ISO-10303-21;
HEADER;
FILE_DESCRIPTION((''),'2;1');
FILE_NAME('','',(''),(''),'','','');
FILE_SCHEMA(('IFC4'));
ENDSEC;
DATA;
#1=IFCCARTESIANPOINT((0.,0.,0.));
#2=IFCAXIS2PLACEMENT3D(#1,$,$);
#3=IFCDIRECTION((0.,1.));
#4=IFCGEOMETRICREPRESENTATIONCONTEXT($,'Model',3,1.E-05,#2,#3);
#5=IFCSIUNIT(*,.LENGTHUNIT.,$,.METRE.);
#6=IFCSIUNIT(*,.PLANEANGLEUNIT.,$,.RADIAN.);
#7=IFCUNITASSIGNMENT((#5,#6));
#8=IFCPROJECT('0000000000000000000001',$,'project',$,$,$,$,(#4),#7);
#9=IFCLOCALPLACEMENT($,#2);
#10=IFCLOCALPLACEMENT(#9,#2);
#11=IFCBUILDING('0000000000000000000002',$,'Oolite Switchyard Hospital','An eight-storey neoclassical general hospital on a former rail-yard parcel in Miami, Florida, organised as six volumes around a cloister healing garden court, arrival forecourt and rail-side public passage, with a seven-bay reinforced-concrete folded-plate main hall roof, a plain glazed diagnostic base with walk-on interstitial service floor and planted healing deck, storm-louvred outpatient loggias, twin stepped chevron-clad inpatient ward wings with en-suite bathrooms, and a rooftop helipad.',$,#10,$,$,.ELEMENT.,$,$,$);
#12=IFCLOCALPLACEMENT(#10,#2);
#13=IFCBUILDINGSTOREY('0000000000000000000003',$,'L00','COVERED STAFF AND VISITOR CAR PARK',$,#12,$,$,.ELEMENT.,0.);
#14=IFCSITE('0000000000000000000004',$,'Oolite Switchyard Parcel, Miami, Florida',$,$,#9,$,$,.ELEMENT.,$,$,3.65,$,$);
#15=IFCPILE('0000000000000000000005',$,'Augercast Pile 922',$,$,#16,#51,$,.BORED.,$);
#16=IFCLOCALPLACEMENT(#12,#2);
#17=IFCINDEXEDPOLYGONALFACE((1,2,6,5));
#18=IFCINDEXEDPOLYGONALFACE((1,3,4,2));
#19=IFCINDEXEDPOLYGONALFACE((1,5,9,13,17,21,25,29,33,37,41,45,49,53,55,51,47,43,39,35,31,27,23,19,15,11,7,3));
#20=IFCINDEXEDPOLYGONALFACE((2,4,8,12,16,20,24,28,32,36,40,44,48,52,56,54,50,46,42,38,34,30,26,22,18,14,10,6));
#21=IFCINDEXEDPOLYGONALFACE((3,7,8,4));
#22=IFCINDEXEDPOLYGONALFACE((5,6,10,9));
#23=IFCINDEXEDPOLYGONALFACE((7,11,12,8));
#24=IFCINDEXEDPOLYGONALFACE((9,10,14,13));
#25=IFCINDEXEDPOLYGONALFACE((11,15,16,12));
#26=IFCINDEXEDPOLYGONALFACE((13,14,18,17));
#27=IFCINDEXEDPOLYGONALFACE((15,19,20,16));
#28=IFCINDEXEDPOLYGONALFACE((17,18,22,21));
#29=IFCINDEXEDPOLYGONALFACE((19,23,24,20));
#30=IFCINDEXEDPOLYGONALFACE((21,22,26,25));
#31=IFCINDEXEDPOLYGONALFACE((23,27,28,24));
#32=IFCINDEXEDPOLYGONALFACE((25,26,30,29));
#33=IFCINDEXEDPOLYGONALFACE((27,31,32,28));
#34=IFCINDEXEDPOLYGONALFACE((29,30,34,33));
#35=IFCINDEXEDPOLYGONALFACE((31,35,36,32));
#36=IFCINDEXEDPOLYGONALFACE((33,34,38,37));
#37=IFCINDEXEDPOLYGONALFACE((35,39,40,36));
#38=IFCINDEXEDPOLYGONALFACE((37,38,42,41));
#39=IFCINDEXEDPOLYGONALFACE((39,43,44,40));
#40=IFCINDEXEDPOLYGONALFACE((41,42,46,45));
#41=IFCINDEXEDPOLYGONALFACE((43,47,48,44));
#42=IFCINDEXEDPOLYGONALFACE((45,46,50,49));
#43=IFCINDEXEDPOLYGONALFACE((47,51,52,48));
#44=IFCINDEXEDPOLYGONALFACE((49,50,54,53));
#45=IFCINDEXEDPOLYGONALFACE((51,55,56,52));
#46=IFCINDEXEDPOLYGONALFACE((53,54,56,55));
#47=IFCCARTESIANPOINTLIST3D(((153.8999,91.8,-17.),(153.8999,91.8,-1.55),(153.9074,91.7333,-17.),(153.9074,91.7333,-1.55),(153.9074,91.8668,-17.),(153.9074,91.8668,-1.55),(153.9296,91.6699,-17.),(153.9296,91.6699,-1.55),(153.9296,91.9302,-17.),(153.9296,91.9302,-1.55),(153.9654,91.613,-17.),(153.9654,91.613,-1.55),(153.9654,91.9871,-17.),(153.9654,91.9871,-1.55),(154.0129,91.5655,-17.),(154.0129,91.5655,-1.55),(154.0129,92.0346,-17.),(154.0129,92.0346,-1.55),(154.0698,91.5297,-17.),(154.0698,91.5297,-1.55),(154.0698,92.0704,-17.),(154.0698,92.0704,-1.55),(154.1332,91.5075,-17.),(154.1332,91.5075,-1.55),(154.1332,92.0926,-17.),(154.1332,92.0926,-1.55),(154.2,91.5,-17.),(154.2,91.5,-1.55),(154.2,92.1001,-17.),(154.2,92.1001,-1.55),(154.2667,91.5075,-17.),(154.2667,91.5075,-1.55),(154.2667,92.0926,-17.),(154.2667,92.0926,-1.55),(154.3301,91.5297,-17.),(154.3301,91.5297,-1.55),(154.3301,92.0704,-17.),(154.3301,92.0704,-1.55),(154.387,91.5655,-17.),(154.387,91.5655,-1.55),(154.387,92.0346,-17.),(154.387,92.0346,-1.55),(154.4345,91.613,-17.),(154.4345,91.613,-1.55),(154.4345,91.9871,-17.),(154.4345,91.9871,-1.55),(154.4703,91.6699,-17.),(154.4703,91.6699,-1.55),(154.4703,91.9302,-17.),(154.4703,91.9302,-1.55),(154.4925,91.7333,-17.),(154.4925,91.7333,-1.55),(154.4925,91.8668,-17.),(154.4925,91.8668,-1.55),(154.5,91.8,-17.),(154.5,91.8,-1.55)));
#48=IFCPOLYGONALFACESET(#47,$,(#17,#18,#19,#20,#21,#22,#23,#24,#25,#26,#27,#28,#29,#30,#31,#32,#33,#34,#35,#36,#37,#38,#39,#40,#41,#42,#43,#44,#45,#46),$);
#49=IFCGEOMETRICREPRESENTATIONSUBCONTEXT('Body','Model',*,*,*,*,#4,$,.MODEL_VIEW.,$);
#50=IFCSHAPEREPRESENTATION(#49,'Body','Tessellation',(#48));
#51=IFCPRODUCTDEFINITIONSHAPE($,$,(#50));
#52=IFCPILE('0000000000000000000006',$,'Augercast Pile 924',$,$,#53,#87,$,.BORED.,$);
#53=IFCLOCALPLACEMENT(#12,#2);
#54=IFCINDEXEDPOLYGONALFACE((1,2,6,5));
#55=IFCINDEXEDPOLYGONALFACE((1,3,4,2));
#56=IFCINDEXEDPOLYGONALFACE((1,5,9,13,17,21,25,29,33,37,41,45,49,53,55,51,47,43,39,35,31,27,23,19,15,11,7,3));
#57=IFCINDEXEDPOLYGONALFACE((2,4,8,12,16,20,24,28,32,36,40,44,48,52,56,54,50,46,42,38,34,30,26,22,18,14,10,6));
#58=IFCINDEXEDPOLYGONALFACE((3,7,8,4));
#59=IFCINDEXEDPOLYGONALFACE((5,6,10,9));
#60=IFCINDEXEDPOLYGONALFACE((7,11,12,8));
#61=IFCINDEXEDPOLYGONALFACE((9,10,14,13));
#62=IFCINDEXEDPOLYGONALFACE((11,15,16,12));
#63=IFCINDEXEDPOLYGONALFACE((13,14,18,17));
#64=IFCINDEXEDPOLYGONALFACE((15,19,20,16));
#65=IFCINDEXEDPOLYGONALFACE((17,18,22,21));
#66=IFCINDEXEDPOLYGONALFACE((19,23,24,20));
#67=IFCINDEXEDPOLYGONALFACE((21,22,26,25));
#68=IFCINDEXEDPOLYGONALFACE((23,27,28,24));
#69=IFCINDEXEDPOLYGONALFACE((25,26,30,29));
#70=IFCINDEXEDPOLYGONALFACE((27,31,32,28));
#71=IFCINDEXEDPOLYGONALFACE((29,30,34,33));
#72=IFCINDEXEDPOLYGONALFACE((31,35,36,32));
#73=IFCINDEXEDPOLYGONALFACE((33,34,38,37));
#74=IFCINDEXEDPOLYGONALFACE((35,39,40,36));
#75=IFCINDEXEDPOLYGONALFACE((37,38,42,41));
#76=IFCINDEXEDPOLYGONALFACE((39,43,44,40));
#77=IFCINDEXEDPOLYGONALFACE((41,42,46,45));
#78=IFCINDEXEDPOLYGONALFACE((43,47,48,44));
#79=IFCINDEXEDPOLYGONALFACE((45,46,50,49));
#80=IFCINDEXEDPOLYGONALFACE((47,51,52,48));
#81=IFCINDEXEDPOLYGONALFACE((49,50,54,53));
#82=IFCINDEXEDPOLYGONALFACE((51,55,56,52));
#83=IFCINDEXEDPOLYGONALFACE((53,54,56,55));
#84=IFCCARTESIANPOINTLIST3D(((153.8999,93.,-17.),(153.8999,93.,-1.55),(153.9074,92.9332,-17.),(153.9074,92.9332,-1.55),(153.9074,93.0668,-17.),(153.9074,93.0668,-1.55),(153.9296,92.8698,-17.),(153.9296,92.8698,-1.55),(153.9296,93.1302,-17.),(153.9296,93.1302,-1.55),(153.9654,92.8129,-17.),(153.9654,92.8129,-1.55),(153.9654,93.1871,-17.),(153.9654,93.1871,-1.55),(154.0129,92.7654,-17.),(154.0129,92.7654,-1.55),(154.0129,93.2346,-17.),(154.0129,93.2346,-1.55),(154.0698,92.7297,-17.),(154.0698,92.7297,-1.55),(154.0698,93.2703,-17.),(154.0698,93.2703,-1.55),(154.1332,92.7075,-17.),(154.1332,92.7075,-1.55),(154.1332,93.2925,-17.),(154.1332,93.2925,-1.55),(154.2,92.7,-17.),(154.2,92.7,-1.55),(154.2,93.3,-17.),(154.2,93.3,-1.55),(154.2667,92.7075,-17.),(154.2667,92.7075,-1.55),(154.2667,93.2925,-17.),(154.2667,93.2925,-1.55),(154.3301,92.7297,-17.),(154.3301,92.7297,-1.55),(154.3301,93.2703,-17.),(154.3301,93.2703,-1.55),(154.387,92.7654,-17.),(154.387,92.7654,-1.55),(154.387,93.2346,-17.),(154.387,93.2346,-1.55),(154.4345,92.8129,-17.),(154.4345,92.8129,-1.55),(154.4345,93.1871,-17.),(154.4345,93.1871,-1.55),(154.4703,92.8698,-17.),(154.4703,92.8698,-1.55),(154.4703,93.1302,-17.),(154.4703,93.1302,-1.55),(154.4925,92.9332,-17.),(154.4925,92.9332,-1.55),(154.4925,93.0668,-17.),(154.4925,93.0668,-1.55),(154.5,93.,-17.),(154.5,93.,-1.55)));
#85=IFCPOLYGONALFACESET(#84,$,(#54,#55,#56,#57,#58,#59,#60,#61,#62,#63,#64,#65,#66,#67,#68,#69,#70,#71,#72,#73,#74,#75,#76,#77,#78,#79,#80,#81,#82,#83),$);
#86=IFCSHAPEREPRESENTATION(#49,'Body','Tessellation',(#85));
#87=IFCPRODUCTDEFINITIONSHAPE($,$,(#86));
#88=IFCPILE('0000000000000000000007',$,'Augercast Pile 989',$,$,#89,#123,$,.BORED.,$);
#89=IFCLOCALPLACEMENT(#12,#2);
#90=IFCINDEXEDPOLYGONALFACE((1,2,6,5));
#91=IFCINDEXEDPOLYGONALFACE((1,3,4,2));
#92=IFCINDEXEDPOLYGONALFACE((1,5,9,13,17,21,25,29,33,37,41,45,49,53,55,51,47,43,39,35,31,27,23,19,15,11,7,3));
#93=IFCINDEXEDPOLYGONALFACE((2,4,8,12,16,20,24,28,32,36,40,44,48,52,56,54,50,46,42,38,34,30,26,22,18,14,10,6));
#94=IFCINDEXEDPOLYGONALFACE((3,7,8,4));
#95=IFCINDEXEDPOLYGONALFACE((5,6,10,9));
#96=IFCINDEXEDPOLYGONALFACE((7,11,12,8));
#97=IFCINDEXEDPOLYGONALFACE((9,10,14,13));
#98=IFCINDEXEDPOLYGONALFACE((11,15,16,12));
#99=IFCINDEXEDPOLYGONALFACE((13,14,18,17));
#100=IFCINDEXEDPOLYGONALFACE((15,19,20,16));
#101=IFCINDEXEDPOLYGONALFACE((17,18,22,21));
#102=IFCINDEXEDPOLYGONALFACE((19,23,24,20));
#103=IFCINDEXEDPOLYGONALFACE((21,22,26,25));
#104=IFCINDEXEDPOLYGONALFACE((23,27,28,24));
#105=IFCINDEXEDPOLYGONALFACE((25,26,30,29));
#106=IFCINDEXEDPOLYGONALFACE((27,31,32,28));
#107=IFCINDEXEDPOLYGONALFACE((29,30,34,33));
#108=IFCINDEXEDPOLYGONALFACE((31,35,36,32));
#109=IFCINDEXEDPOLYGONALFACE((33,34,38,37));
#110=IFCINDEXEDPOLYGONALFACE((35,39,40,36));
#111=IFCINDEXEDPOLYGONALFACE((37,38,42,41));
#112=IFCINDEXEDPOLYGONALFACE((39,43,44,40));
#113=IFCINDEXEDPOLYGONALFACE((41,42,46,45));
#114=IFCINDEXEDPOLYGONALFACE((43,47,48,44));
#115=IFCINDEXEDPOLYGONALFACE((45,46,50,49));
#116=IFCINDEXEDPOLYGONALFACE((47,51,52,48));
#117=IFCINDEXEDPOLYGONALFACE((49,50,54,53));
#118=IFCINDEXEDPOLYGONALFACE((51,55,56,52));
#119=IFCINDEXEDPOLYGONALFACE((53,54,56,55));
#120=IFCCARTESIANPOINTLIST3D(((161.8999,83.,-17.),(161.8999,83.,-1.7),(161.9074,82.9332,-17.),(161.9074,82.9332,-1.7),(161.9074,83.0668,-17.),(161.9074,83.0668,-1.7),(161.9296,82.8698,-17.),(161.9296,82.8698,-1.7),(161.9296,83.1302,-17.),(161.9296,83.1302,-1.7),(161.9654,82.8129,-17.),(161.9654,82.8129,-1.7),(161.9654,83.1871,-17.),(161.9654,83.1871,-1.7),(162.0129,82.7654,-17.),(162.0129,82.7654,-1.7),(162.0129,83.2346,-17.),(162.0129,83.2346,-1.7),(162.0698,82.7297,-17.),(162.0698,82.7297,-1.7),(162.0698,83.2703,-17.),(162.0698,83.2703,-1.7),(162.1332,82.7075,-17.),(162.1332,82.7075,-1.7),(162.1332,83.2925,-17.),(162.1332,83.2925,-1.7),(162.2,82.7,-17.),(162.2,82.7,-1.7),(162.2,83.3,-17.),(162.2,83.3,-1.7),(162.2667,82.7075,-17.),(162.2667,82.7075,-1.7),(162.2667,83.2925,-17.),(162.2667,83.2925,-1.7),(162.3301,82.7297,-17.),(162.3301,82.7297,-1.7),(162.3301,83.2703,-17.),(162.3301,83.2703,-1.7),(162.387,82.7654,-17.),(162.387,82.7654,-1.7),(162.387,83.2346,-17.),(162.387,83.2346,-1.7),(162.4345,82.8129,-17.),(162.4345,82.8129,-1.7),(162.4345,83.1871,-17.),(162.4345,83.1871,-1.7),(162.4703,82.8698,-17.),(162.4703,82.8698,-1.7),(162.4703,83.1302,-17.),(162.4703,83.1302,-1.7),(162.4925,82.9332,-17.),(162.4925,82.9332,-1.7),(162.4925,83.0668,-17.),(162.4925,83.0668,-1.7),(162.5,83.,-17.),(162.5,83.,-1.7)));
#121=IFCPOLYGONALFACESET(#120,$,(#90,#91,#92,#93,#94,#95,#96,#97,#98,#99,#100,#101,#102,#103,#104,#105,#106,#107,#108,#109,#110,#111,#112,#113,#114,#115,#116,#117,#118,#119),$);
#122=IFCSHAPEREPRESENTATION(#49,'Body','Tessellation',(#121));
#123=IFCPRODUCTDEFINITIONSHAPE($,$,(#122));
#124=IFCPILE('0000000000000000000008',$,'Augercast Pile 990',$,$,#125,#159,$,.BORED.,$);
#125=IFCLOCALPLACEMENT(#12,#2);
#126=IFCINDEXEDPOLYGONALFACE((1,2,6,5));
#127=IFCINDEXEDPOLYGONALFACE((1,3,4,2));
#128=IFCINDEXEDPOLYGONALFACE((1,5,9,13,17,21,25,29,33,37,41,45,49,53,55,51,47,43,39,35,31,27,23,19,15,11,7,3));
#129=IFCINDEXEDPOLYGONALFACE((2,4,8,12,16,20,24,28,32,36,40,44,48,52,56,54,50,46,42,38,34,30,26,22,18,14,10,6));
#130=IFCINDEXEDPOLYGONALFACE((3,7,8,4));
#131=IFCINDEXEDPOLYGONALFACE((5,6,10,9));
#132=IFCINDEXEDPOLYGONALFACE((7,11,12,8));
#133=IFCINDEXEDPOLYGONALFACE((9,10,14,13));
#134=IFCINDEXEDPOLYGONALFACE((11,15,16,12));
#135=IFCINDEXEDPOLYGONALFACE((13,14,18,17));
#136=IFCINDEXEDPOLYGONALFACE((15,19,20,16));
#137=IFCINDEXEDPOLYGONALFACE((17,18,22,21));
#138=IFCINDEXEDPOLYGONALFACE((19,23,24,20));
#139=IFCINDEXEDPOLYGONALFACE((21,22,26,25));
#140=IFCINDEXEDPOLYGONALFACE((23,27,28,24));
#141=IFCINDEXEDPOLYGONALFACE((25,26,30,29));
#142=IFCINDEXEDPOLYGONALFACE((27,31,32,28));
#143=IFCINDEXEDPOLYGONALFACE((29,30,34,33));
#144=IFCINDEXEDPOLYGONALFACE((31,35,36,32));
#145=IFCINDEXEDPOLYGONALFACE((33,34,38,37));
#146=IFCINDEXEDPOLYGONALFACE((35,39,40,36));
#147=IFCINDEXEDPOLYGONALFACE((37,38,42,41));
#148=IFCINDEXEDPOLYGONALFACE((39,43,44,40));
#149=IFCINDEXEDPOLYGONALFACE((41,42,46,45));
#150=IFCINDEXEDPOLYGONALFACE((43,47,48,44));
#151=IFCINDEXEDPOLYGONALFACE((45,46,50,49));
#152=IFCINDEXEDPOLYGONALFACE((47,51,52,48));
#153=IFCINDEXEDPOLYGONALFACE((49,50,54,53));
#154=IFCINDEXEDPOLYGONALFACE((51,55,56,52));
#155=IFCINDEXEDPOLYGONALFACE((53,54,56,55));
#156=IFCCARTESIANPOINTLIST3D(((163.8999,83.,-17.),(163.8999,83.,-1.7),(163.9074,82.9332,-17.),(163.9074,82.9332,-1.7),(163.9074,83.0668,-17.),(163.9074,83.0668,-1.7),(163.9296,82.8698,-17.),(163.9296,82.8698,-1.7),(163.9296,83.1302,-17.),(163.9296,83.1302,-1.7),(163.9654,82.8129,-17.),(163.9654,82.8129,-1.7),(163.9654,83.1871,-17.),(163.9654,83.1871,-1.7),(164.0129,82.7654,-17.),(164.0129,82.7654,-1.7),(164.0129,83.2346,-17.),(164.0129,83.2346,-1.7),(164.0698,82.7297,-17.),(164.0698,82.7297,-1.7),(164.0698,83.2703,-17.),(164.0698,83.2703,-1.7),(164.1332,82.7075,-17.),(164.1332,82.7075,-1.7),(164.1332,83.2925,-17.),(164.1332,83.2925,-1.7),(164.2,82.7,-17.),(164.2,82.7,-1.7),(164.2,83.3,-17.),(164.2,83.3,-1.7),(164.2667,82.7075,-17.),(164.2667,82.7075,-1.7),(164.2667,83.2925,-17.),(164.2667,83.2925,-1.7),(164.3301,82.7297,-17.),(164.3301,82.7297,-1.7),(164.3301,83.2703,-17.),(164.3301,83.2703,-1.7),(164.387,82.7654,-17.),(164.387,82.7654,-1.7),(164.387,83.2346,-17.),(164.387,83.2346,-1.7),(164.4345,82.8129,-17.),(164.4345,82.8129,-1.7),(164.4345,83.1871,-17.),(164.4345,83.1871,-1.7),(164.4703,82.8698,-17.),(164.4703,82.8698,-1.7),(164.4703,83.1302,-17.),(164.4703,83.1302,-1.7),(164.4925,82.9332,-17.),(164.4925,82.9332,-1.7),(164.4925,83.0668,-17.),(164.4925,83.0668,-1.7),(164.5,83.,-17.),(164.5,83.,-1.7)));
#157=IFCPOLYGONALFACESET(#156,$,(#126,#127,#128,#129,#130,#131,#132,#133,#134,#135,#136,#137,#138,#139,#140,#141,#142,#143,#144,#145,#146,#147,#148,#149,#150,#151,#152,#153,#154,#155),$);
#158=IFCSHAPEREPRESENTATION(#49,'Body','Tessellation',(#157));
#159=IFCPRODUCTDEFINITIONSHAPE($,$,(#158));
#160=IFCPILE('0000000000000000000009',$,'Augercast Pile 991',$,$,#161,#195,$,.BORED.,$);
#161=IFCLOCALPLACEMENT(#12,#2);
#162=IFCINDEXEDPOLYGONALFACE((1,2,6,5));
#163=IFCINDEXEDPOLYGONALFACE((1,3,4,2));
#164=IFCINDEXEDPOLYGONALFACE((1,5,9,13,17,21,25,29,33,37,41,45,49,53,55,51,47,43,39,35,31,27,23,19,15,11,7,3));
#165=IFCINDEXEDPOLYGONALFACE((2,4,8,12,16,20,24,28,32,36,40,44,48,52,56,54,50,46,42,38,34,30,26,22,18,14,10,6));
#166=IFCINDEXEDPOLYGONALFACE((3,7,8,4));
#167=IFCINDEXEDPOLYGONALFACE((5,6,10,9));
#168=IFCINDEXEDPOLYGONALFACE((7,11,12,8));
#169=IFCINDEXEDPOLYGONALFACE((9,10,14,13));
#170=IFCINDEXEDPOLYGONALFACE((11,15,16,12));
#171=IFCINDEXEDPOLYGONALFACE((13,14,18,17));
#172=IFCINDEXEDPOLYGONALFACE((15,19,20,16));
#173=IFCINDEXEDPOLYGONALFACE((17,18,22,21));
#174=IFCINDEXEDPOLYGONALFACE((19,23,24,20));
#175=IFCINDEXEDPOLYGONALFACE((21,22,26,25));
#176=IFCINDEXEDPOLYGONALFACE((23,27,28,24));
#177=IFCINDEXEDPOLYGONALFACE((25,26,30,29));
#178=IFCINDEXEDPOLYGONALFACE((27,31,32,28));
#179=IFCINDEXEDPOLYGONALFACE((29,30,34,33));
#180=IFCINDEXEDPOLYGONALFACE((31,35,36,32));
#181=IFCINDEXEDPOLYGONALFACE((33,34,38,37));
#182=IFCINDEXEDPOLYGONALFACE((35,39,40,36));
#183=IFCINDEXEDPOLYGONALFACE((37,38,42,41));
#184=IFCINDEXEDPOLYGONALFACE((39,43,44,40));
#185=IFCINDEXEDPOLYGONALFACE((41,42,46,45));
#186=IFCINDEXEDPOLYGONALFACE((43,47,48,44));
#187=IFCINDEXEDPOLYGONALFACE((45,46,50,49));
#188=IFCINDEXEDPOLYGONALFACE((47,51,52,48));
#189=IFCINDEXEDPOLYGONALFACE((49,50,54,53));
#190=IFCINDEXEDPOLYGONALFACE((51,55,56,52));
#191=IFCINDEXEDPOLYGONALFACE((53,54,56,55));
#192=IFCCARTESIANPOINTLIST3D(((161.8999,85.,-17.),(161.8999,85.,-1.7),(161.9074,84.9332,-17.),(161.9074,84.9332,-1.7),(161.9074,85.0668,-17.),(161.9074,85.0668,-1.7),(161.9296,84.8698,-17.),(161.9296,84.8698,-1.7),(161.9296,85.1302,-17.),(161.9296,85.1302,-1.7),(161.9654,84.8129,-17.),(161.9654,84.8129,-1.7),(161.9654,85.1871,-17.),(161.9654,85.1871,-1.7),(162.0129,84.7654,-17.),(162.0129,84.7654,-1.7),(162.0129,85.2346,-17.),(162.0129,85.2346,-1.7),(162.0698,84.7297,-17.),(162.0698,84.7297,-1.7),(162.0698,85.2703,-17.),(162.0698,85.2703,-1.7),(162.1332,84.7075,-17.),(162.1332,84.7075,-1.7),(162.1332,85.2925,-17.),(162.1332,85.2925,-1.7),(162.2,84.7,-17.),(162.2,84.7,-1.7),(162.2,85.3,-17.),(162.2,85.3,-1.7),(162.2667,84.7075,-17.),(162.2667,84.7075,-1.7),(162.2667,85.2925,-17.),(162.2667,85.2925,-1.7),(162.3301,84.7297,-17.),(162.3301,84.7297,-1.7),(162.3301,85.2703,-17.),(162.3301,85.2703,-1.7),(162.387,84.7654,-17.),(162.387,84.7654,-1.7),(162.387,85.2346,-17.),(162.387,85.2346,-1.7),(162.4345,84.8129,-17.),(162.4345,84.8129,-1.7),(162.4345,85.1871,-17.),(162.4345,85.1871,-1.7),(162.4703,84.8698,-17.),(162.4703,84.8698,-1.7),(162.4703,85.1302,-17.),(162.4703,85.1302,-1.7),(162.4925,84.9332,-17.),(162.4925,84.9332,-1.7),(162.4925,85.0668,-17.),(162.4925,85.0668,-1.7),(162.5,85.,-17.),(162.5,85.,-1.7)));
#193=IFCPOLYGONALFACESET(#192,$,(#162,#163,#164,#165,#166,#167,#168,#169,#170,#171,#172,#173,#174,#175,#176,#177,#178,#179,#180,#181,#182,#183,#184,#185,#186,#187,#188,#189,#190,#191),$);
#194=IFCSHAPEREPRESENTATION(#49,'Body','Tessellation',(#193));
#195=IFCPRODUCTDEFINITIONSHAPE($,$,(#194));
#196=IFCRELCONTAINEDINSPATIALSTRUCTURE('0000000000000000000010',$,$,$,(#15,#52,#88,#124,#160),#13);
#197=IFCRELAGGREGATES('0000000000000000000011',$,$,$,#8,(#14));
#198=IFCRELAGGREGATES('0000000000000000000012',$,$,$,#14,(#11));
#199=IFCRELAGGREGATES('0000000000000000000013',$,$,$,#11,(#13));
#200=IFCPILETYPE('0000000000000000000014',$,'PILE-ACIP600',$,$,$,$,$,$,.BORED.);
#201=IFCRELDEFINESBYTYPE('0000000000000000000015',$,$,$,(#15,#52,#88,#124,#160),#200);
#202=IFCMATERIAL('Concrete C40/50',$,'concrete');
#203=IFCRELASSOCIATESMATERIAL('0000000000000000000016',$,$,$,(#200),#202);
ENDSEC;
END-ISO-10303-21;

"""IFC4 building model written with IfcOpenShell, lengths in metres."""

from ifc_helpers import new_model, si_unit, direction, frame, origin, origin_2d, place, context, subcontext, project, spatial, circle, extrude, material, material_profile, profile_set, type_object, element, save


model = new_model("IFC4")

# Units and contexts
model_context = context("Model", 3, precision=1e-05, world=origin(), true_north=direction((0.0, 1.0)))
body_context = subcontext(model_context, "Body", "Model", "MODEL_VIEW")
ifc_project = project(units=[si_unit("LENGTHUNIT", "METRE"), si_unit("PLANEANGLEUNIT", "RADIAN")], contexts=[model_context])

# Site, building, storey
site_placement = place(None, origin())
site = spatial("IfcSite", under=ifc_project, at=site_placement, Name="Oolite Switchyard Parcel, Miami, Florida", CompositionType="ELEMENT", RefElevation=3.65)
building_placement = place(site_placement, origin())
building = spatial("IfcBuilding", under=site, at=building_placement, Name="Oolite Switchyard Hospital", Description="An eight-storey neoclassical general hospital on a former rail-yard parcel in Miami, Florida, organised as six volumes around a cloister healing garden court, arrival forecourt and rail-side public passage, with a seven-bay reinforced-concrete folded-plate main hall roof, a plain glazed diagnostic base with walk-on interstitial service floor and planted healing deck, storm-louvred outpatient loggias, twin stepped chevron-clad inpatient ward wings with en-suite bathrooms, and a rooftop helipad.", CompositionType="ELEMENT")
storey_placement = place(building_placement, origin())
storey = spatial("IfcBuildingStorey", under=building, at=storey_placement, Name="L00", Description="COVERED STAFF AND VISITOR CAR PARK", CompositionType="ELEMENT", Elevation=0.0)

# Shared definitions
ifc_material_1 = material(Name="Concrete C40/50", Category="concrete")

# Piles
ifc_material_profile_1 = material_profile(ifc_material_1, circle(Radius=0.3, at=origin_2d()), Name="PILE600")
ifc_profile_set_1 = profile_set([ifc_material_profile_1], Name="Concrete C40/50")
pile_type = type_object("IfcPileType", Name="PILE-ACIP600", PredefinedType="BORED", material=ifc_profile_set_1)
for number, where, z_axis, x_axis, name in (
    (1, (154.2, 91.8, -1.55), (0.0, 0.0, -1.0), (1.0, 0.0, 0.0), "Augercast Pile 922"),
    (2, (154.2, 93.0, -1.55), (0.0, 0.0, -1.0), (1.0, 0.0, 0.0), "Augercast Pile 924"),
):
    element("IfcPile", number, at=place(storey_placement, frame(where, z_axis=z_axis, x_axis=x_axis)), inside=storey, type_object=pile_type, Name=name, PredefinedType="BORED", context=body_context, shape_type="SweptSolid", body=[
        extrude(circle(Radius=0.3, at=origin_2d()), origin(), (0.0, 0.0, 1.0), 15.45),
    ])
for number, where, z_axis, x_axis, name in (
    (3, (162.2, 83.0, -1.7), (0.0, 0.0, -1.0), (1.0, 0.0, 0.0), "Augercast Pile 989"),
    (4, (164.2, 83.0, -1.7), (0.0, 0.0, -1.0), (1.0, 0.0, 0.0), "Augercast Pile 990"),
    (5, (162.2, 85.0, -1.7), (0.0, 0.0, -1.0), (1.0, 0.0, 0.0), "Augercast Pile 991"),
):
    element("IfcPile", number, at=place(storey_placement, frame(where, z_axis=z_axis, x_axis=x_axis)), inside=storey, type_object=pile_type, Name=name, PredefinedType="BORED", context=body_context, shape_type="SweptSolid", body=[
        extrude(circle(Radius=0.3, at=origin_2d()), origin(), (0.0, 0.0, 1.0), 15.3),
    ])

save(model, "model.ifc")
